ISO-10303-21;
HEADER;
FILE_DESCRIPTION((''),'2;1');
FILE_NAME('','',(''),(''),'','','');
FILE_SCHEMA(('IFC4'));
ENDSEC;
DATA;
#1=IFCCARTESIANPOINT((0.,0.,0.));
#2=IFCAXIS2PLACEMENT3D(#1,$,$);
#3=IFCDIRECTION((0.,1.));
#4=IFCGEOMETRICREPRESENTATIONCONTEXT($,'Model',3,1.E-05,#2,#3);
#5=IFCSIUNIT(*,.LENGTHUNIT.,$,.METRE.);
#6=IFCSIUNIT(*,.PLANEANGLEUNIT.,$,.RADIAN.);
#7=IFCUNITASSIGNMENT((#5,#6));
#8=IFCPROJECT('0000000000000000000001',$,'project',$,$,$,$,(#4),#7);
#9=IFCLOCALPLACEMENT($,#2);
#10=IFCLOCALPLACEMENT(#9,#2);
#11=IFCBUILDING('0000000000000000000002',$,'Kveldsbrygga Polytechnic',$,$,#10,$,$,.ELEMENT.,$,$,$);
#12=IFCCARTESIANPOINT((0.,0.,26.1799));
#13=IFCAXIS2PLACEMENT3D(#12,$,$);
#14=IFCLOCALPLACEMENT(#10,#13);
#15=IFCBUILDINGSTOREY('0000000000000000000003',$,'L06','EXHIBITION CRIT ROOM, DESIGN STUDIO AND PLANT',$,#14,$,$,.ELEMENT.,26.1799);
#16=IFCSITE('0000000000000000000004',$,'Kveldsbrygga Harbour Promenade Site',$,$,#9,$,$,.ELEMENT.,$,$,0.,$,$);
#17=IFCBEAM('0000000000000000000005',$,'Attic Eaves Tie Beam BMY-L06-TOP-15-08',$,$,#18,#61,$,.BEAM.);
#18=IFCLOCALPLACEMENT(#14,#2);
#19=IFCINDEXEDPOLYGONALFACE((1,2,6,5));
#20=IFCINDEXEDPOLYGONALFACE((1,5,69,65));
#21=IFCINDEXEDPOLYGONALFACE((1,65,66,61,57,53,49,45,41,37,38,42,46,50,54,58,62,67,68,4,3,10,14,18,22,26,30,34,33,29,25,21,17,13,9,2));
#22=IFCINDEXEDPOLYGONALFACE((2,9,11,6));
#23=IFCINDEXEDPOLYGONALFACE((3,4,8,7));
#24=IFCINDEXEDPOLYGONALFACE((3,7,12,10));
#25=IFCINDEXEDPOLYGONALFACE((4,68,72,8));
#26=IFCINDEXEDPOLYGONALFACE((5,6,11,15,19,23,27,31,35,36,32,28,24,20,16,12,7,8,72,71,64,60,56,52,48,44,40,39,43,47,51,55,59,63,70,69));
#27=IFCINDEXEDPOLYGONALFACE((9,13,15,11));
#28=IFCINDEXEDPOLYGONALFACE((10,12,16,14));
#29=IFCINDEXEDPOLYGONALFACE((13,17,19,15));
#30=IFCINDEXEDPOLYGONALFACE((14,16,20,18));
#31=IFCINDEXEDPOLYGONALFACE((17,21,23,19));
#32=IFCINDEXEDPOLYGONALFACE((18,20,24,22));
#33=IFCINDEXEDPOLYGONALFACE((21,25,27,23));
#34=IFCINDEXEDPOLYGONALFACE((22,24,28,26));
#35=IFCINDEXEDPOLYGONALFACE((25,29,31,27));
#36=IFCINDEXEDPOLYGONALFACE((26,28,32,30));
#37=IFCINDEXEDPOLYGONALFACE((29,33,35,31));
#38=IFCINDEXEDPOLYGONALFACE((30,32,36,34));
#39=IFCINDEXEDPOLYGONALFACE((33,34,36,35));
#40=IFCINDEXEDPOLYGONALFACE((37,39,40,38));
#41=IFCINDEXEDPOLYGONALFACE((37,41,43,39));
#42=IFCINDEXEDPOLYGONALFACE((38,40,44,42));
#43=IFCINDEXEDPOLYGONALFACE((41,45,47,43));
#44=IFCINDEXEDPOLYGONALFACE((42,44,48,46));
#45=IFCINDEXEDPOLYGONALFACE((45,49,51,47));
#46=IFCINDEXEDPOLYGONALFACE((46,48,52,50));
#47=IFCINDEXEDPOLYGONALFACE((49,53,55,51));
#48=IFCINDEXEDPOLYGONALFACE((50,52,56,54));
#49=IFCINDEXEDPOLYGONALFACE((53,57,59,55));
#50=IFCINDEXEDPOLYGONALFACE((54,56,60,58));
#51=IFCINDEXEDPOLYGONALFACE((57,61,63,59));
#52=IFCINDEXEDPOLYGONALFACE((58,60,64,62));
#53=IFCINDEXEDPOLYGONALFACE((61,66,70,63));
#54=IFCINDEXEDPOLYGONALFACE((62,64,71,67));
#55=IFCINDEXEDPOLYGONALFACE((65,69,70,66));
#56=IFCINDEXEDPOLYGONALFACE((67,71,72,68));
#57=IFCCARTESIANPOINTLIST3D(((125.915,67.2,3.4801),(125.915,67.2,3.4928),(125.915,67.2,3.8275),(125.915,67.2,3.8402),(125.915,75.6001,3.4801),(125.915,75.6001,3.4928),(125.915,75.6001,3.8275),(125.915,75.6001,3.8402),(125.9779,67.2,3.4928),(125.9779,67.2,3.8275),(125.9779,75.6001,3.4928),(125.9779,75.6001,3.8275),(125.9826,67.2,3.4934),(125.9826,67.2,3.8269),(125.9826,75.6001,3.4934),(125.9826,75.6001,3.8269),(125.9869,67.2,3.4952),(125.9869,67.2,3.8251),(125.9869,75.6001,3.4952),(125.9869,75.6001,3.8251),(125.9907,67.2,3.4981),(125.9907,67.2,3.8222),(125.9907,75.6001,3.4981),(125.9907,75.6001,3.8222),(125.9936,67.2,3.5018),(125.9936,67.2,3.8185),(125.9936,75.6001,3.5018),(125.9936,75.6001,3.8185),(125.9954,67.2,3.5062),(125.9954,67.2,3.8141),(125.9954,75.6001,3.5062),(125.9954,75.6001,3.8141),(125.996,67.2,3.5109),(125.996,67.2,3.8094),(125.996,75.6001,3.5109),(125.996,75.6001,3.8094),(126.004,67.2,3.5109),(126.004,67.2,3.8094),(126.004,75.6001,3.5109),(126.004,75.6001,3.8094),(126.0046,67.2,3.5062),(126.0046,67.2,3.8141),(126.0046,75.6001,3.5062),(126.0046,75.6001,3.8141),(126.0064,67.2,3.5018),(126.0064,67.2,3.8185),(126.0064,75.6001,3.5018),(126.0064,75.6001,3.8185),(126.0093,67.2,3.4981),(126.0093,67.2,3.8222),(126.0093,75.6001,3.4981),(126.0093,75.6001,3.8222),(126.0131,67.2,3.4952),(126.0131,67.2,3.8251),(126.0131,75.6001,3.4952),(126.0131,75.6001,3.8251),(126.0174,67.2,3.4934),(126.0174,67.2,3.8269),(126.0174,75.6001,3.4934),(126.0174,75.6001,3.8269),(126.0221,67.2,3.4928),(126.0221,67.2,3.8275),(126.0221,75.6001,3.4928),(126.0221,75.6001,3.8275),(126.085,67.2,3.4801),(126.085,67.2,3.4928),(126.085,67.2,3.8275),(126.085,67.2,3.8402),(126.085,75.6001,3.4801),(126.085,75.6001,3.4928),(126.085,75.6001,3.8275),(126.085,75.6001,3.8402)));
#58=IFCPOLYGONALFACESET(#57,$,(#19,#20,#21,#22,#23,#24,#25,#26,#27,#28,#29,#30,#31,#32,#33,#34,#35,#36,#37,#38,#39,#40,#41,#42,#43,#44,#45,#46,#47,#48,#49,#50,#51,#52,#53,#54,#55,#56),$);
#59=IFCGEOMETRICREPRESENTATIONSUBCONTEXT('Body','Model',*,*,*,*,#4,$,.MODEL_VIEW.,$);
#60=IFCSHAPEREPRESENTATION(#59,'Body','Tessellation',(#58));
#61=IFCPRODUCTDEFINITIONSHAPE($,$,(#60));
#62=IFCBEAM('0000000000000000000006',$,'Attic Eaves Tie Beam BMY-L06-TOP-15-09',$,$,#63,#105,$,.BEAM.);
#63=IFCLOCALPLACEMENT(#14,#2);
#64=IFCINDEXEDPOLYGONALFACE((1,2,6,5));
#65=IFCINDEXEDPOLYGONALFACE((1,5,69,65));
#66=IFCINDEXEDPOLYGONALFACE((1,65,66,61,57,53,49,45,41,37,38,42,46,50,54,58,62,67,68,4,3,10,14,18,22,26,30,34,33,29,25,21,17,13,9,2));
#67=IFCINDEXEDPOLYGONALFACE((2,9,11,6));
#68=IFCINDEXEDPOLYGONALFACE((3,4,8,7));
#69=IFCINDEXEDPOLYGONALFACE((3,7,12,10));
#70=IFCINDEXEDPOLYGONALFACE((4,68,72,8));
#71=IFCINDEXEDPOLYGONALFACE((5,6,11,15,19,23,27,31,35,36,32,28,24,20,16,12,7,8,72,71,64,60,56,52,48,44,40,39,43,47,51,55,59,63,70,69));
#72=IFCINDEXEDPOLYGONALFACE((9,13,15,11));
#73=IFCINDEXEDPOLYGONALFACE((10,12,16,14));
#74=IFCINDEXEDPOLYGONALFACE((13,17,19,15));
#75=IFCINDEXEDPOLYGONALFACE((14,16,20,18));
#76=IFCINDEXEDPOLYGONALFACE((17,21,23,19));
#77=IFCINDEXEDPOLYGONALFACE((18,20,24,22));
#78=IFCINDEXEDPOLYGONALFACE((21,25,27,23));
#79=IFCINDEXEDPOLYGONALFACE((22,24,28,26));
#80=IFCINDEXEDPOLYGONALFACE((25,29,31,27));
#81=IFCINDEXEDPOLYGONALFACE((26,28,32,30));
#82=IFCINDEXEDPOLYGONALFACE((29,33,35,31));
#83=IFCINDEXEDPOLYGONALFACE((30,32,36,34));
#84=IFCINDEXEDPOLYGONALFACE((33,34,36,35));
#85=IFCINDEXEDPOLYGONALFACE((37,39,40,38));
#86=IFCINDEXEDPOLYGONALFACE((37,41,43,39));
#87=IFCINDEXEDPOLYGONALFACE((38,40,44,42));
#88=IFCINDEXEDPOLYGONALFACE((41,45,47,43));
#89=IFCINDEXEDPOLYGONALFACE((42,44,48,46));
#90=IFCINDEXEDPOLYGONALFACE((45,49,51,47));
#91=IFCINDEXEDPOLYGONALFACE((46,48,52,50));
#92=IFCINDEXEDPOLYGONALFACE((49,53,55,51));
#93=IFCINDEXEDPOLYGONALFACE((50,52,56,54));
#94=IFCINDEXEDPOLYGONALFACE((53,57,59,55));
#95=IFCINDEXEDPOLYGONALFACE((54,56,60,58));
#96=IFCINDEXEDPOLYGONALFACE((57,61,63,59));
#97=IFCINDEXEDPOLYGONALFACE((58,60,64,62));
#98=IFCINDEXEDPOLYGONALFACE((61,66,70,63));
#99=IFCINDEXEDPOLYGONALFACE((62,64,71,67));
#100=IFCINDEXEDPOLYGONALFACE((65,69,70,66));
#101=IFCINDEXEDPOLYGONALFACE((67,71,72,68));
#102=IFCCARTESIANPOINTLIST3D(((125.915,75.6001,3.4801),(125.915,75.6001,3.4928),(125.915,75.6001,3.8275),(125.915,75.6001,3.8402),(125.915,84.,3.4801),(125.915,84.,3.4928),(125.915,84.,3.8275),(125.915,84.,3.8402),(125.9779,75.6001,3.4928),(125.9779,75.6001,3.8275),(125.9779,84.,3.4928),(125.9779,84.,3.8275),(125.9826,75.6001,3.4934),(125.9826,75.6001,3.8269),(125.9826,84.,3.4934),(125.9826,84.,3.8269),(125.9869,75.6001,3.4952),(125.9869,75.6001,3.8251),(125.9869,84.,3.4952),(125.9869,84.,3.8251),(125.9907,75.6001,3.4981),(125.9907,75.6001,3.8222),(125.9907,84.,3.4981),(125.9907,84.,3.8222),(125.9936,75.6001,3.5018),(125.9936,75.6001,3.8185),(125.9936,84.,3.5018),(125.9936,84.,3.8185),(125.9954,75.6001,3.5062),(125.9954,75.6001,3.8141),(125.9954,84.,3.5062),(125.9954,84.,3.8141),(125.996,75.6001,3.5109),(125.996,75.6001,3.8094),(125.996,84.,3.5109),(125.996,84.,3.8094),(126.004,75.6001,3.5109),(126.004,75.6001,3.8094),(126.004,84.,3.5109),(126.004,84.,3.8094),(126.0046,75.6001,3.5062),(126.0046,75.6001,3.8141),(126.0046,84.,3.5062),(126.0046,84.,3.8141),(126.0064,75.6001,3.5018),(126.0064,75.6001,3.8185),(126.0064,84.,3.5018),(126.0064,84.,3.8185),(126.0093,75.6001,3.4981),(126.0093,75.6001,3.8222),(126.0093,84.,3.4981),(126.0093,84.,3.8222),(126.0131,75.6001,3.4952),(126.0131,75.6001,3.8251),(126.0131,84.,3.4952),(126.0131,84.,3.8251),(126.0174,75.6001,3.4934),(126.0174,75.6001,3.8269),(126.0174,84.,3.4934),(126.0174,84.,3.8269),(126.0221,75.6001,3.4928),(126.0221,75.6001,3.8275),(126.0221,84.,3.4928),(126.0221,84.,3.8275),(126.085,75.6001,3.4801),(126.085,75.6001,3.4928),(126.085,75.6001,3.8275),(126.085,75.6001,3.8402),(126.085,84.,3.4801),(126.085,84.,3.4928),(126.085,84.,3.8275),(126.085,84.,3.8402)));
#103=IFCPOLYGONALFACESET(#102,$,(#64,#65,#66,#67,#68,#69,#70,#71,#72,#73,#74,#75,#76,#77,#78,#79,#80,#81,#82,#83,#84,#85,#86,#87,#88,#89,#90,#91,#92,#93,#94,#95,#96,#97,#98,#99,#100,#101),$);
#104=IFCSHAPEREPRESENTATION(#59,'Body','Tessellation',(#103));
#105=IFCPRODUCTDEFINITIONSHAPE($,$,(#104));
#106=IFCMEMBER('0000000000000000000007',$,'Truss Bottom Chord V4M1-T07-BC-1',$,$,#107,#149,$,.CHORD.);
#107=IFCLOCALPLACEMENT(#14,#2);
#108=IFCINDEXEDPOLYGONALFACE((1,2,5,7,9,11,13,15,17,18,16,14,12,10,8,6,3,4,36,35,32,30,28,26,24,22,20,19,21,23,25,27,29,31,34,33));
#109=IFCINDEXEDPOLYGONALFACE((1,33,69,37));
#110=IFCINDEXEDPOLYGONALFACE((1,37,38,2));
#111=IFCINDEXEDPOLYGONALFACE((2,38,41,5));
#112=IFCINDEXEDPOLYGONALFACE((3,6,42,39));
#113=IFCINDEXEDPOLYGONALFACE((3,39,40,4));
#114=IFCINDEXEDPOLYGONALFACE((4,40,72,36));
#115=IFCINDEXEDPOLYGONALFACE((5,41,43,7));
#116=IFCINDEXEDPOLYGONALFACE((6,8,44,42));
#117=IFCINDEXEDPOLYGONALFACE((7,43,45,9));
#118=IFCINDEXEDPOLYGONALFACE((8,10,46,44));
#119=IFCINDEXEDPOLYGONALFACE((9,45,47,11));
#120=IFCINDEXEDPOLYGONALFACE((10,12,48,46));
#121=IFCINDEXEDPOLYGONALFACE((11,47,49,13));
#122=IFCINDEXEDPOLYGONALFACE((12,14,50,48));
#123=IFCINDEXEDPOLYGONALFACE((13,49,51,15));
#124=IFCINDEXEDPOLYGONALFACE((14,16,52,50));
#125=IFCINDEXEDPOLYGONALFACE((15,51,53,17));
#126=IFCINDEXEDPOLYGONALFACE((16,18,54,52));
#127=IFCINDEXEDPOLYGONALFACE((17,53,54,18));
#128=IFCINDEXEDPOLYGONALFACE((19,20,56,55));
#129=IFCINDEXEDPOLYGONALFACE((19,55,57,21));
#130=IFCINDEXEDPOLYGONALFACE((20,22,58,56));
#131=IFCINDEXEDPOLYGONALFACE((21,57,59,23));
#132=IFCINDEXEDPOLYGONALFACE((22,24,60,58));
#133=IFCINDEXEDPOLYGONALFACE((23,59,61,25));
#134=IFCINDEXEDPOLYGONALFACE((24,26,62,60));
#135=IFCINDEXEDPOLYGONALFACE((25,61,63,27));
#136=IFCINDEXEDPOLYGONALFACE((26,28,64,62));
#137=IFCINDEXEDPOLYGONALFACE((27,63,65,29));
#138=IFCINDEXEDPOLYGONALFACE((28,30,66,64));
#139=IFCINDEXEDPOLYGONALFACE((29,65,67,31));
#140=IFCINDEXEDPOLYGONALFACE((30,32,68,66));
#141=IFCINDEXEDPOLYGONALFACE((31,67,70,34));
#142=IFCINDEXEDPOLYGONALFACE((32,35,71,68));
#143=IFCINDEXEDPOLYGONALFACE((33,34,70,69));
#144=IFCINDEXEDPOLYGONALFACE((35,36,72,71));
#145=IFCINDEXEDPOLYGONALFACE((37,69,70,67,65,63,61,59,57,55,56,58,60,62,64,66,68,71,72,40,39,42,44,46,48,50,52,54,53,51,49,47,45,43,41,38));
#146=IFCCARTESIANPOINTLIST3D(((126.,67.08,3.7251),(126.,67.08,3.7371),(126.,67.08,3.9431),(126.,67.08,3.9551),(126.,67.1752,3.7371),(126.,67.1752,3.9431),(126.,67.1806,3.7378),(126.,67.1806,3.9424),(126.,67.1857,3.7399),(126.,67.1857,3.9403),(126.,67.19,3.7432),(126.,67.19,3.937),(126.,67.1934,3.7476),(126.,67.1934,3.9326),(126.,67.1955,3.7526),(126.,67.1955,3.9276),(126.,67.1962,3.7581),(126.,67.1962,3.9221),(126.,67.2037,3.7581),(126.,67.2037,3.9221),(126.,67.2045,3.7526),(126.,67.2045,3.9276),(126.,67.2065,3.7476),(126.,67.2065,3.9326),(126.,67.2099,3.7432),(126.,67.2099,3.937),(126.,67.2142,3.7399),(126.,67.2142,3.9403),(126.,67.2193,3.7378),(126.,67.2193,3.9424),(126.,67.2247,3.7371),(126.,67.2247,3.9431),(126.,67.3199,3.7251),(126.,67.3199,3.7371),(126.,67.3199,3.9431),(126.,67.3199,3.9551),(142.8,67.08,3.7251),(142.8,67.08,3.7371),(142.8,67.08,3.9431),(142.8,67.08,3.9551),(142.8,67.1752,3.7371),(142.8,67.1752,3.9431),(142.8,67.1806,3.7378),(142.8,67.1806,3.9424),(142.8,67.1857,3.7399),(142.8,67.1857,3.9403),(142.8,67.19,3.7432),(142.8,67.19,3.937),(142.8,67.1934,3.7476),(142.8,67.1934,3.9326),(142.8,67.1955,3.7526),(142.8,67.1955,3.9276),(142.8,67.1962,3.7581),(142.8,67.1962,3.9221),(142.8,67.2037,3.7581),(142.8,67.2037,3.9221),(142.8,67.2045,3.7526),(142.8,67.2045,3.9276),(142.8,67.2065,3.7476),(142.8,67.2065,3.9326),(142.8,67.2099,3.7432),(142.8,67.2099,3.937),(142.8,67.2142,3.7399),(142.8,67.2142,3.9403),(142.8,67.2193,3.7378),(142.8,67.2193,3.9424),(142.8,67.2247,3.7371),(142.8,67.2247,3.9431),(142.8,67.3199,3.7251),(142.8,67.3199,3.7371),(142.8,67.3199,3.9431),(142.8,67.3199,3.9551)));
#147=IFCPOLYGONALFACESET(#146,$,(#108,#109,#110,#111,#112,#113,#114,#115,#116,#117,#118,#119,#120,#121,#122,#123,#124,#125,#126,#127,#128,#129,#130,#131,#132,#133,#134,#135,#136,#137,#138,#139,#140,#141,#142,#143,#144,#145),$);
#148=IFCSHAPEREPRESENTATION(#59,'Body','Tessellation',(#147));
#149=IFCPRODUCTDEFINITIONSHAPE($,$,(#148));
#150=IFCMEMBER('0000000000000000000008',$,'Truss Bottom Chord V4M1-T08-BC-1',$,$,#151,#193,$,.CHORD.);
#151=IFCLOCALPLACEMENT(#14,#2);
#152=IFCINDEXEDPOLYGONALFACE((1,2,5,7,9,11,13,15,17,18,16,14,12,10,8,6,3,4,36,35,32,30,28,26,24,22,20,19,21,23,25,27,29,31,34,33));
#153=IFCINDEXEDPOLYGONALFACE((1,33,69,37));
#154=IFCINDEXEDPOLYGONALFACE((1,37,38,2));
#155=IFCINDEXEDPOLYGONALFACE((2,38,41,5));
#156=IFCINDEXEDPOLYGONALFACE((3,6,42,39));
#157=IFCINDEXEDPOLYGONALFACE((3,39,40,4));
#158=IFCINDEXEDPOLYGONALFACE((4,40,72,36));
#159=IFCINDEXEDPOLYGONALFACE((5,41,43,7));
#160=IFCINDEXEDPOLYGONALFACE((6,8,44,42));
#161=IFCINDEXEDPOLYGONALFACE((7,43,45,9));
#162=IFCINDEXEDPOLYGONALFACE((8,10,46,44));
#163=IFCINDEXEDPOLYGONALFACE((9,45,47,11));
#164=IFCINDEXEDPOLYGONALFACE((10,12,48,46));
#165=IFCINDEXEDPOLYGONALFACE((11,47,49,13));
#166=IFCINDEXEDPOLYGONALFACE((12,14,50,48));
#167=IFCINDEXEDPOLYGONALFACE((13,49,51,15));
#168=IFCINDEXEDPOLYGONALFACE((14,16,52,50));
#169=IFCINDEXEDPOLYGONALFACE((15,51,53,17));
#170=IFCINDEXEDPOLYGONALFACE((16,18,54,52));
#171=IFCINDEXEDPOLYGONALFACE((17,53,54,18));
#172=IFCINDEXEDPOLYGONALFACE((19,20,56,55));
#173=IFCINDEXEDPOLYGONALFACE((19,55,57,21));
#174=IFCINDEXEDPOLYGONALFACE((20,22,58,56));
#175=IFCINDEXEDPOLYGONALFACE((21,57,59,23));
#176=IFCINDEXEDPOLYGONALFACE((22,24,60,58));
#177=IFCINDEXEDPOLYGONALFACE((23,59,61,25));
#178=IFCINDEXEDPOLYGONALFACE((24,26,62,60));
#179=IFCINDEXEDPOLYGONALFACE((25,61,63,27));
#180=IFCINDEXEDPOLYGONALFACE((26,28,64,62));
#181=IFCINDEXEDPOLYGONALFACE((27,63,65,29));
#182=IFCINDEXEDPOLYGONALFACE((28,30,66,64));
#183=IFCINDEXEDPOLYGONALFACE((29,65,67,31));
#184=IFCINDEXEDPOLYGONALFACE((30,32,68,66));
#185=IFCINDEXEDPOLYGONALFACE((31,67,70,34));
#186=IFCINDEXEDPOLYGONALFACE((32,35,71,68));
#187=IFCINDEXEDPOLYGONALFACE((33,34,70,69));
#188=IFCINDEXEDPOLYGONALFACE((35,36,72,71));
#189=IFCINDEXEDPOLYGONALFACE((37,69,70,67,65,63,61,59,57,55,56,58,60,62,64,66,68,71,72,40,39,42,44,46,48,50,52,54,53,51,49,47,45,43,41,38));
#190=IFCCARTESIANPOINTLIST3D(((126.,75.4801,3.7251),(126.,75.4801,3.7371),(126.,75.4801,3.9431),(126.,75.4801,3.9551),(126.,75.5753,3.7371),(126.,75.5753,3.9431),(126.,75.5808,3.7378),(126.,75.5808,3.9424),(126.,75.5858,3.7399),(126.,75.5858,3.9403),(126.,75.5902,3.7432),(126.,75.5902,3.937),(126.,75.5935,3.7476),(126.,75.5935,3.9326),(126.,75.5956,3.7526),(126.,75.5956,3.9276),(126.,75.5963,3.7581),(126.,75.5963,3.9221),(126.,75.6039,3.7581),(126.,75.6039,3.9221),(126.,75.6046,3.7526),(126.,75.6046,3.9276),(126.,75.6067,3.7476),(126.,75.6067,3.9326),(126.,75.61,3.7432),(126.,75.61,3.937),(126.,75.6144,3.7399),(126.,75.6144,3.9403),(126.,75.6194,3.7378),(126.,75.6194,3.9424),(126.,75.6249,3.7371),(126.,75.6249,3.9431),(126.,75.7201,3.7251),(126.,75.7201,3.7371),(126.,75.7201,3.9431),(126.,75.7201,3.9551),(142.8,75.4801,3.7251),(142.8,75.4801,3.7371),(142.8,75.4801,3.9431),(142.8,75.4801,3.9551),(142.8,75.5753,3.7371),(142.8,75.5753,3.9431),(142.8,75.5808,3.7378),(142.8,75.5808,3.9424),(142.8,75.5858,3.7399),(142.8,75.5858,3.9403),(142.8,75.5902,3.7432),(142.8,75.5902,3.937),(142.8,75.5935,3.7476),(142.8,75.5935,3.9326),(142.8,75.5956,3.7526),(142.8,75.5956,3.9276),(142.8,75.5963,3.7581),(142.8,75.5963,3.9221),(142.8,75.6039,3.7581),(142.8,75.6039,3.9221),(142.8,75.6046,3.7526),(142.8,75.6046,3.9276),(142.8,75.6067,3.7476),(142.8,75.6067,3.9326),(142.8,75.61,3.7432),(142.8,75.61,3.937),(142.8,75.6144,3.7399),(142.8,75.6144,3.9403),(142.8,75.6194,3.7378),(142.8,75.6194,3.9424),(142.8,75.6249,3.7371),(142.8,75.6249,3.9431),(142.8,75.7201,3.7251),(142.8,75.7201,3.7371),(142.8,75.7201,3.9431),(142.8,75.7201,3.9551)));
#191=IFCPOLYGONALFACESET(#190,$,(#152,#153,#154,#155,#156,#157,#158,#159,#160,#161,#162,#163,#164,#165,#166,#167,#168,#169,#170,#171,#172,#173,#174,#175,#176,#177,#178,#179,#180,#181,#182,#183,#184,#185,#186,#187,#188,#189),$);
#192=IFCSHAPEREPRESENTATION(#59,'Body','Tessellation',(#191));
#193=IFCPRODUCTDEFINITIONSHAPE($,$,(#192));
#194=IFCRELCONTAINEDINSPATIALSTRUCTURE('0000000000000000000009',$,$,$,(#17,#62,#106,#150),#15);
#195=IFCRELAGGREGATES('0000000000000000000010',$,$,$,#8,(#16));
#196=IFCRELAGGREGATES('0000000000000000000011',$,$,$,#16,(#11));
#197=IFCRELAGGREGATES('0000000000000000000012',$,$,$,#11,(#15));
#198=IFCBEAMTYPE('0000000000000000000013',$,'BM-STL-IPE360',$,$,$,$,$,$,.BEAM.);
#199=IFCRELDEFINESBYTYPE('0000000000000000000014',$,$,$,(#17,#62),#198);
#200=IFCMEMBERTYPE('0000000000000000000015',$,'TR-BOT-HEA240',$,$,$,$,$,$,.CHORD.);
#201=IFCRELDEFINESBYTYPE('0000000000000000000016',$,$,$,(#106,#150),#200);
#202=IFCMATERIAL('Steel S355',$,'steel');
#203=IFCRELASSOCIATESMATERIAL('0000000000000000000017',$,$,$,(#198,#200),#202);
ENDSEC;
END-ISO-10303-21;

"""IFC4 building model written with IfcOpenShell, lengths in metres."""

from ifc_helpers import new_model, si_unit, direction, frame, origin, origin_2d, place, context, subcontext, project, spatial, i_section, extrude, material, material_profile, profile_set, type_object, element, save


model = new_model("IFC4")

# Units and contexts
model_context = context("Model", 3, precision=1e-05, world=origin(), true_north=direction((0.0, 1.0)))
body_context = subcontext(model_context, "Body", "Model", "MODEL_VIEW")
ifc_project = project(units=[si_unit("LENGTHUNIT", "METRE"), si_unit("PLANEANGLEUNIT", "RADIAN")], contexts=[model_context])

# Site, building, storey
site_placement = place(None, origin())
site = spatial("IfcSite", under=ifc_project, at=site_placement, Name="Kveldsbrygga Harbour Promenade Site", CompositionType="ELEMENT", RefElevation=0.0)
building_placement = place(site_placement, origin())
building = spatial("IfcBuilding", under=site, at=building_placement, Name="Kveldsbrygga Polytechnic", CompositionType="ELEMENT")
storey_placement = place(building_placement, frame((0.0, 0.0, 26.1799)))
storey = spatial("IfcBuildingStorey", under=building, at=storey_placement, Name="L06", Description="EXHIBITION CRIT ROOM, DESIGN STUDIO AND PLANT", CompositionType="ELEMENT", Elevation=26.1799)

# Beams
ifc_material_1 = material(Name="Steel S355", Category="steel")
ifc_material_profile_1 = material_profile(ifc_material_1, i_section(OverallWidth=0.1699, OverallDepth=0.3601, WebThickness=0.0081, FlangeThickness=0.0127, FilletRadius=0.0181, at=origin_2d()), Name="IPE 360")
ifc_profile_set_1 = profile_set([ifc_material_profile_1], Name="Steel S355")
beam_type = type_object("IfcBeamType", Name="BM-STL-IPE360", PredefinedType="BEAM", material=ifc_profile_set_1)
beam_1_placement = place(storey_placement, frame((126.0, 67.2, 3.6602), z_axis=(0.0, 1.0, 0.0), x_axis=(-1.0, 0.0, 0.0)))
element("IfcBeam", 1, at=beam_1_placement, inside=storey, type_object=beam_type, Name="Attic Eaves Tie Beam BMY-L06-TOP-15-08", PredefinedType="BEAM", context=body_context, shape_type="SweptSolid", body=[
    extrude(i_section(OverallWidth=0.1699, OverallDepth=0.3601, WebThickness=0.0081, FlangeThickness=0.0127, FilletRadius=0.0181, at=origin_2d()), origin(), (0.0, 0.0, 1.0), 8.4001),
])
beam_2_placement = place(storey_placement, frame((126.0, 75.6001, 3.6602), z_axis=(0.0, 1.0, 0.0), x_axis=(-1.0, 0.0, 0.0)))
element("IfcBeam", 2, at=beam_2_placement, inside=storey, type_object=beam_type, Name="Attic Eaves Tie Beam BMY-L06-TOP-15-09", PredefinedType="BEAM", context=body_context, shape_type="SweptSolid", body=[
    extrude(i_section(OverallWidth=0.1699, OverallDepth=0.3601, WebThickness=0.0081, FlangeThickness=0.0127, FilletRadius=0.0181, at=origin_2d()), origin(), (0.0, 0.0, 1.0), 8.3999),
])

# Members
ifc_material_profile_2 = material_profile(ifc_material_1, i_section(OverallWidth=0.24, OverallDepth=0.23, WebThickness=0.0076, FlangeThickness=0.012, FilletRadius=0.021, at=origin_2d()), Name="HEA 240")
ifc_profile_set_2 = profile_set([ifc_material_profile_2], Name="Steel S355")
member_type_1 = type_object("IfcMemberType", Name="TR-BOT-HEA240", PredefinedType="CHORD", material=ifc_profile_set_2)
for number, where, z_axis, x_axis, name in (
    (3, (126.0, 67.2, 3.8401), (1.0, 0.0, 0.0), (0.0, 1.0, 0.0), "Truss Bottom Chord V4M1-T07-BC-1"),
    (4, (126.0, 75.6001, 3.8401), (1.0, 0.0, 0.0), (0.0, 1.0, 0.0), "Truss Bottom Chord V4M1-T08-BC-1"),
):
    element("IfcMember", number, at=place(storey_placement, frame(where, z_axis=z_axis, x_axis=x_axis)), inside=storey, type_object=member_type_1, Name=name, PredefinedType="CHORD", context=body_context, shape_type="SweptSolid", body=[
        extrude(i_section(OverallWidth=0.24, OverallDepth=0.23, WebThickness=0.0076, FlangeThickness=0.012, FilletRadius=0.021, at=origin_2d()), origin(), (0.0, 0.0, 1.0), 16.8),
    ])

save(model, "model.ifc")
